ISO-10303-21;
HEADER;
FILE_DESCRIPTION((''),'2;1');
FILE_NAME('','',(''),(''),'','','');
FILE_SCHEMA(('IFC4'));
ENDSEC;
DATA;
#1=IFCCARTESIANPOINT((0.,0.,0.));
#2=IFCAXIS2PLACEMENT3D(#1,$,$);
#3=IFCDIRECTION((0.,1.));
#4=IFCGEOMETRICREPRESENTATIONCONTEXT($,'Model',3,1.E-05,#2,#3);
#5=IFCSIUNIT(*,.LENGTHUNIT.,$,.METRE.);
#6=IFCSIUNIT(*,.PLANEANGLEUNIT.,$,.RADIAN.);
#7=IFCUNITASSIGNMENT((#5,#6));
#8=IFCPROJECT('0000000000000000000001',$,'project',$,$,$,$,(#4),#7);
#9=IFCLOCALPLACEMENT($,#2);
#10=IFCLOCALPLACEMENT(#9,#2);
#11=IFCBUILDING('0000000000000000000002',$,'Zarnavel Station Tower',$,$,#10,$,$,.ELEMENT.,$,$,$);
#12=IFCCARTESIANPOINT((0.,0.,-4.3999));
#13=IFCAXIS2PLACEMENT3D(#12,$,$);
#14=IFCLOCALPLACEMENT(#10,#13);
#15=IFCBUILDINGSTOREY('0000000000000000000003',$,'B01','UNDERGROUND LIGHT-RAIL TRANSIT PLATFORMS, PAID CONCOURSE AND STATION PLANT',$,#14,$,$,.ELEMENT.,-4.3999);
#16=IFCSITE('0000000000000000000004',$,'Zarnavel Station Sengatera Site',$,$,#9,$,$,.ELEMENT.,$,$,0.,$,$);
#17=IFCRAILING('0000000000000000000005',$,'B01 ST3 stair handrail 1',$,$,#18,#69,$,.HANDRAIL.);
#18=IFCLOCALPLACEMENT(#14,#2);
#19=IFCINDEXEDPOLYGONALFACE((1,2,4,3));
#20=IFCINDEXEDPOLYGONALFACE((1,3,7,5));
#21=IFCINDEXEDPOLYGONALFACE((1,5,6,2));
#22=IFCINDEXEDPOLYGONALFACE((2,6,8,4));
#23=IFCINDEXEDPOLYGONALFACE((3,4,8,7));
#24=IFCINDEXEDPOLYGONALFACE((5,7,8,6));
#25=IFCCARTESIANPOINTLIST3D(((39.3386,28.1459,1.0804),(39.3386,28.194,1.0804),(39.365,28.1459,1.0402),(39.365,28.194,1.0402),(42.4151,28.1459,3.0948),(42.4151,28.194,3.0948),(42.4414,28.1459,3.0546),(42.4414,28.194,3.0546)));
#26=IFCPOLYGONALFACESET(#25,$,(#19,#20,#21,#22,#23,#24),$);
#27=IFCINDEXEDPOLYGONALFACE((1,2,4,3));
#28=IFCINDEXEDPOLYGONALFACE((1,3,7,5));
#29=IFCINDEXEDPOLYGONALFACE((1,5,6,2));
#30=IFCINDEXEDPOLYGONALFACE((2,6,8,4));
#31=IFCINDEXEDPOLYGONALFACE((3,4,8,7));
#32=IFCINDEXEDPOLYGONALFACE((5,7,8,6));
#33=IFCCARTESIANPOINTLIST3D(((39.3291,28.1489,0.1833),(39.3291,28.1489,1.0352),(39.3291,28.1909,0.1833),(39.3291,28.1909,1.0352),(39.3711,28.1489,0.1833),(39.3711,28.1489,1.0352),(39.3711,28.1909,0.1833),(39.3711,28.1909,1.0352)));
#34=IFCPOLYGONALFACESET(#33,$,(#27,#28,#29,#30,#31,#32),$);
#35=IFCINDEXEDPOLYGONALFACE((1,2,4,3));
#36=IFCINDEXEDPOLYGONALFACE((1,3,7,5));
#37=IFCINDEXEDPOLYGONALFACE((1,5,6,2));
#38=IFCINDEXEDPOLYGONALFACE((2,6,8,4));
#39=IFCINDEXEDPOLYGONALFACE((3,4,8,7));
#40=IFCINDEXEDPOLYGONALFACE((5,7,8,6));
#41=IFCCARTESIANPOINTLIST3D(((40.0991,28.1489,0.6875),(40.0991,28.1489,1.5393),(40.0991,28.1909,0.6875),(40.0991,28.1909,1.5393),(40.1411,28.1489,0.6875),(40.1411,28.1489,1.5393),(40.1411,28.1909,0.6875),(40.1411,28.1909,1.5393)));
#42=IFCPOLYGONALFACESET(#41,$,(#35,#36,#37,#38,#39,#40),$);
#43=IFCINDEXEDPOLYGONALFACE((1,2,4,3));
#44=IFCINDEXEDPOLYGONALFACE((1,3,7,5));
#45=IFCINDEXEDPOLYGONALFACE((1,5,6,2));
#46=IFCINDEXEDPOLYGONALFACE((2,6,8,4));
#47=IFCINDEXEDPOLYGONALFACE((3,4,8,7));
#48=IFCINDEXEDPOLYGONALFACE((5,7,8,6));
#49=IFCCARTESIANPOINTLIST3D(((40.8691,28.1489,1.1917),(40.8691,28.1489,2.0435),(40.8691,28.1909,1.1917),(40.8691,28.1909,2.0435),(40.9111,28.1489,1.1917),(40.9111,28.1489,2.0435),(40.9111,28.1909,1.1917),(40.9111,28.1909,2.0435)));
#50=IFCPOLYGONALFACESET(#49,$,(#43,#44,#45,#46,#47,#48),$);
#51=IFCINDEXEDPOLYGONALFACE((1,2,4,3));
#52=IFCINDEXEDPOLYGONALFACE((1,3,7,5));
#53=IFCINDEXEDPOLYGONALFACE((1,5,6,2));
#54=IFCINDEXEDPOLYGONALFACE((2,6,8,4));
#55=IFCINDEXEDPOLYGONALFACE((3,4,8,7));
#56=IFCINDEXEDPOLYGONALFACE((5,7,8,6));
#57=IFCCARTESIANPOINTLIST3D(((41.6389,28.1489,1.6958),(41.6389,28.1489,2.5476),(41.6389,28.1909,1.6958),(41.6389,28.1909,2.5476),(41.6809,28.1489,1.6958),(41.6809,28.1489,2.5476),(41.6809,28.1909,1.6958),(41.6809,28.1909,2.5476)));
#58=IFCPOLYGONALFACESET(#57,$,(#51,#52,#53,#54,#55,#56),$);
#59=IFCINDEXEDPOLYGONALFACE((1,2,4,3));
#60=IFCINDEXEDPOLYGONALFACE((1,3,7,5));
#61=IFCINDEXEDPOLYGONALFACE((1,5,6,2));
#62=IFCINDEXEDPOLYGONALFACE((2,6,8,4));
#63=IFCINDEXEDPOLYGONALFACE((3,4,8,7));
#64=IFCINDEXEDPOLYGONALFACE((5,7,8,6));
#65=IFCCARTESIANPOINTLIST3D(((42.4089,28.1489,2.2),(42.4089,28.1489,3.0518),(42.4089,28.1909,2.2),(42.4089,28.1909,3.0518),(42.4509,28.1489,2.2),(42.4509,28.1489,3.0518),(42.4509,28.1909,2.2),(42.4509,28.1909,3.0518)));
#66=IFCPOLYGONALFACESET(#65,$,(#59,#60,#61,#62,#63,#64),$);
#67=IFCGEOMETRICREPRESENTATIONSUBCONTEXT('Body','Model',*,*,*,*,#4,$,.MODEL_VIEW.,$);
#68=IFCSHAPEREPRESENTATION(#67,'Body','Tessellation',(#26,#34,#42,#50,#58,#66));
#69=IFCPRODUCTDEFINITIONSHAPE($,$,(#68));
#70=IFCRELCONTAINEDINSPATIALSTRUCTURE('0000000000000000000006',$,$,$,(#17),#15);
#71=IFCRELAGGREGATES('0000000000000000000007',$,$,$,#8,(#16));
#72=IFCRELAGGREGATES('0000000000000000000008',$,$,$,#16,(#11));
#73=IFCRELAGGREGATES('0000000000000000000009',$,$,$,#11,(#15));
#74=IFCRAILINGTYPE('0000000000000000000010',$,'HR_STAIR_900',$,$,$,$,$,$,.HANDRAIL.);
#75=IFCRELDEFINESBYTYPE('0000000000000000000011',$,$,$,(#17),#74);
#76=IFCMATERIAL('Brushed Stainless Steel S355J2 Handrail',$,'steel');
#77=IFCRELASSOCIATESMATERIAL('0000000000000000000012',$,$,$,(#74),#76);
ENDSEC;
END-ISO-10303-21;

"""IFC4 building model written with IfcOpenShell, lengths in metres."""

from ifc_helpers import new_model, si_unit, direction, frame, origin, origin_2d, place, context, subcontext, project, spatial, rectangle, extrude, material, type_object, element, save


model = new_model("IFC4")

# Units and contexts
model_context = context("Model", 3, precision=1e-05, world=origin(), true_north=direction((0.0, 1.0)))
body_context = subcontext(model_context, "Body", "Model", "MODEL_VIEW")
ifc_project = project(units=[si_unit("LENGTHUNIT", "METRE"), si_unit("PLANEANGLEUNIT", "RADIAN")], contexts=[model_context])

# Site, building, storey
site_placement = place(None, origin())
site = spatial("IfcSite", under=ifc_project, at=site_placement, Name="Zarnavel Station Sengatera Site", CompositionType="ELEMENT", RefElevation=0.0)
building_placement = place(site_placement, origin())
building = spatial("IfcBuilding", under=site, at=building_placement, Name="Zarnavel Station Tower", CompositionType="ELEMENT")
storey_placement = place(building_placement, frame((0.0, 0.0, -4.3999)))
storey = spatial("IfcBuildingStorey", under=building, at=storey_placement, Name="B01", Description="UNDERGROUND LIGHT-RAIL TRANSIT PLATFORMS, PAID CONCOURSE AND STATION PLANT", CompositionType="ELEMENT", Elevation=-4.3999)

# Railing
ifc_material_1 = material(Name="Brushed Stainless Steel S355J2 Handrail", Category="steel")
railing_type_1 = type_object("IfcRailingType", Name="HR_STAIR_900", PredefinedType="HANDRAIL", material=ifc_material_1)
railing_1_placement = place(storey_placement, frame((39.3501, 28.1699, 0.1833)))
element("IfcRailing", 1, at=railing_1_placement, inside=storey, type_object=railing_type_1, Name="B01 ST3 stair handrail 1", PredefinedType="HANDRAIL", context=body_context, shape_type="SweptSolid", body=[
    extrude(rectangle(XDim=0.0481, YDim=0.0481, at=origin_2d()), frame((0.0017, 0.0, 0.877), z_axis=(0.836613, 0.0, 0.547794), x_axis=(0.0, 1.0, 0.0)), (0.0, 0.0, 1.0), 3.6772),
    extrude(rectangle(XDim=0.042, YDim=0.042, at=origin_2d()), origin(), (0.0, 0.0, 1.0), 0.8518),
    extrude(rectangle(XDim=0.042, YDim=0.042, at=origin_2d()), frame((0.77, 0.0, 0.5042)), (0.0, 0.0, 1.0), 0.8518),
    extrude(rectangle(XDim=0.042, YDim=0.042, at=origin_2d()), frame((1.54, 0.0, 1.0083)), (0.0, 0.0, 1.0), 0.8518),
    extrude(rectangle(XDim=0.042, YDim=0.042, at=origin_2d()), frame((2.3098, 0.0, 1.5125)), (0.0, 0.0, 1.0), 0.8518),
    extrude(rectangle(XDim=0.042, YDim=0.042, at=origin_2d()), frame((3.0798, 0.0, 2.0166)), (0.0, 0.0, 1.0), 0.8518),
])

save(model, "model.ifc")
